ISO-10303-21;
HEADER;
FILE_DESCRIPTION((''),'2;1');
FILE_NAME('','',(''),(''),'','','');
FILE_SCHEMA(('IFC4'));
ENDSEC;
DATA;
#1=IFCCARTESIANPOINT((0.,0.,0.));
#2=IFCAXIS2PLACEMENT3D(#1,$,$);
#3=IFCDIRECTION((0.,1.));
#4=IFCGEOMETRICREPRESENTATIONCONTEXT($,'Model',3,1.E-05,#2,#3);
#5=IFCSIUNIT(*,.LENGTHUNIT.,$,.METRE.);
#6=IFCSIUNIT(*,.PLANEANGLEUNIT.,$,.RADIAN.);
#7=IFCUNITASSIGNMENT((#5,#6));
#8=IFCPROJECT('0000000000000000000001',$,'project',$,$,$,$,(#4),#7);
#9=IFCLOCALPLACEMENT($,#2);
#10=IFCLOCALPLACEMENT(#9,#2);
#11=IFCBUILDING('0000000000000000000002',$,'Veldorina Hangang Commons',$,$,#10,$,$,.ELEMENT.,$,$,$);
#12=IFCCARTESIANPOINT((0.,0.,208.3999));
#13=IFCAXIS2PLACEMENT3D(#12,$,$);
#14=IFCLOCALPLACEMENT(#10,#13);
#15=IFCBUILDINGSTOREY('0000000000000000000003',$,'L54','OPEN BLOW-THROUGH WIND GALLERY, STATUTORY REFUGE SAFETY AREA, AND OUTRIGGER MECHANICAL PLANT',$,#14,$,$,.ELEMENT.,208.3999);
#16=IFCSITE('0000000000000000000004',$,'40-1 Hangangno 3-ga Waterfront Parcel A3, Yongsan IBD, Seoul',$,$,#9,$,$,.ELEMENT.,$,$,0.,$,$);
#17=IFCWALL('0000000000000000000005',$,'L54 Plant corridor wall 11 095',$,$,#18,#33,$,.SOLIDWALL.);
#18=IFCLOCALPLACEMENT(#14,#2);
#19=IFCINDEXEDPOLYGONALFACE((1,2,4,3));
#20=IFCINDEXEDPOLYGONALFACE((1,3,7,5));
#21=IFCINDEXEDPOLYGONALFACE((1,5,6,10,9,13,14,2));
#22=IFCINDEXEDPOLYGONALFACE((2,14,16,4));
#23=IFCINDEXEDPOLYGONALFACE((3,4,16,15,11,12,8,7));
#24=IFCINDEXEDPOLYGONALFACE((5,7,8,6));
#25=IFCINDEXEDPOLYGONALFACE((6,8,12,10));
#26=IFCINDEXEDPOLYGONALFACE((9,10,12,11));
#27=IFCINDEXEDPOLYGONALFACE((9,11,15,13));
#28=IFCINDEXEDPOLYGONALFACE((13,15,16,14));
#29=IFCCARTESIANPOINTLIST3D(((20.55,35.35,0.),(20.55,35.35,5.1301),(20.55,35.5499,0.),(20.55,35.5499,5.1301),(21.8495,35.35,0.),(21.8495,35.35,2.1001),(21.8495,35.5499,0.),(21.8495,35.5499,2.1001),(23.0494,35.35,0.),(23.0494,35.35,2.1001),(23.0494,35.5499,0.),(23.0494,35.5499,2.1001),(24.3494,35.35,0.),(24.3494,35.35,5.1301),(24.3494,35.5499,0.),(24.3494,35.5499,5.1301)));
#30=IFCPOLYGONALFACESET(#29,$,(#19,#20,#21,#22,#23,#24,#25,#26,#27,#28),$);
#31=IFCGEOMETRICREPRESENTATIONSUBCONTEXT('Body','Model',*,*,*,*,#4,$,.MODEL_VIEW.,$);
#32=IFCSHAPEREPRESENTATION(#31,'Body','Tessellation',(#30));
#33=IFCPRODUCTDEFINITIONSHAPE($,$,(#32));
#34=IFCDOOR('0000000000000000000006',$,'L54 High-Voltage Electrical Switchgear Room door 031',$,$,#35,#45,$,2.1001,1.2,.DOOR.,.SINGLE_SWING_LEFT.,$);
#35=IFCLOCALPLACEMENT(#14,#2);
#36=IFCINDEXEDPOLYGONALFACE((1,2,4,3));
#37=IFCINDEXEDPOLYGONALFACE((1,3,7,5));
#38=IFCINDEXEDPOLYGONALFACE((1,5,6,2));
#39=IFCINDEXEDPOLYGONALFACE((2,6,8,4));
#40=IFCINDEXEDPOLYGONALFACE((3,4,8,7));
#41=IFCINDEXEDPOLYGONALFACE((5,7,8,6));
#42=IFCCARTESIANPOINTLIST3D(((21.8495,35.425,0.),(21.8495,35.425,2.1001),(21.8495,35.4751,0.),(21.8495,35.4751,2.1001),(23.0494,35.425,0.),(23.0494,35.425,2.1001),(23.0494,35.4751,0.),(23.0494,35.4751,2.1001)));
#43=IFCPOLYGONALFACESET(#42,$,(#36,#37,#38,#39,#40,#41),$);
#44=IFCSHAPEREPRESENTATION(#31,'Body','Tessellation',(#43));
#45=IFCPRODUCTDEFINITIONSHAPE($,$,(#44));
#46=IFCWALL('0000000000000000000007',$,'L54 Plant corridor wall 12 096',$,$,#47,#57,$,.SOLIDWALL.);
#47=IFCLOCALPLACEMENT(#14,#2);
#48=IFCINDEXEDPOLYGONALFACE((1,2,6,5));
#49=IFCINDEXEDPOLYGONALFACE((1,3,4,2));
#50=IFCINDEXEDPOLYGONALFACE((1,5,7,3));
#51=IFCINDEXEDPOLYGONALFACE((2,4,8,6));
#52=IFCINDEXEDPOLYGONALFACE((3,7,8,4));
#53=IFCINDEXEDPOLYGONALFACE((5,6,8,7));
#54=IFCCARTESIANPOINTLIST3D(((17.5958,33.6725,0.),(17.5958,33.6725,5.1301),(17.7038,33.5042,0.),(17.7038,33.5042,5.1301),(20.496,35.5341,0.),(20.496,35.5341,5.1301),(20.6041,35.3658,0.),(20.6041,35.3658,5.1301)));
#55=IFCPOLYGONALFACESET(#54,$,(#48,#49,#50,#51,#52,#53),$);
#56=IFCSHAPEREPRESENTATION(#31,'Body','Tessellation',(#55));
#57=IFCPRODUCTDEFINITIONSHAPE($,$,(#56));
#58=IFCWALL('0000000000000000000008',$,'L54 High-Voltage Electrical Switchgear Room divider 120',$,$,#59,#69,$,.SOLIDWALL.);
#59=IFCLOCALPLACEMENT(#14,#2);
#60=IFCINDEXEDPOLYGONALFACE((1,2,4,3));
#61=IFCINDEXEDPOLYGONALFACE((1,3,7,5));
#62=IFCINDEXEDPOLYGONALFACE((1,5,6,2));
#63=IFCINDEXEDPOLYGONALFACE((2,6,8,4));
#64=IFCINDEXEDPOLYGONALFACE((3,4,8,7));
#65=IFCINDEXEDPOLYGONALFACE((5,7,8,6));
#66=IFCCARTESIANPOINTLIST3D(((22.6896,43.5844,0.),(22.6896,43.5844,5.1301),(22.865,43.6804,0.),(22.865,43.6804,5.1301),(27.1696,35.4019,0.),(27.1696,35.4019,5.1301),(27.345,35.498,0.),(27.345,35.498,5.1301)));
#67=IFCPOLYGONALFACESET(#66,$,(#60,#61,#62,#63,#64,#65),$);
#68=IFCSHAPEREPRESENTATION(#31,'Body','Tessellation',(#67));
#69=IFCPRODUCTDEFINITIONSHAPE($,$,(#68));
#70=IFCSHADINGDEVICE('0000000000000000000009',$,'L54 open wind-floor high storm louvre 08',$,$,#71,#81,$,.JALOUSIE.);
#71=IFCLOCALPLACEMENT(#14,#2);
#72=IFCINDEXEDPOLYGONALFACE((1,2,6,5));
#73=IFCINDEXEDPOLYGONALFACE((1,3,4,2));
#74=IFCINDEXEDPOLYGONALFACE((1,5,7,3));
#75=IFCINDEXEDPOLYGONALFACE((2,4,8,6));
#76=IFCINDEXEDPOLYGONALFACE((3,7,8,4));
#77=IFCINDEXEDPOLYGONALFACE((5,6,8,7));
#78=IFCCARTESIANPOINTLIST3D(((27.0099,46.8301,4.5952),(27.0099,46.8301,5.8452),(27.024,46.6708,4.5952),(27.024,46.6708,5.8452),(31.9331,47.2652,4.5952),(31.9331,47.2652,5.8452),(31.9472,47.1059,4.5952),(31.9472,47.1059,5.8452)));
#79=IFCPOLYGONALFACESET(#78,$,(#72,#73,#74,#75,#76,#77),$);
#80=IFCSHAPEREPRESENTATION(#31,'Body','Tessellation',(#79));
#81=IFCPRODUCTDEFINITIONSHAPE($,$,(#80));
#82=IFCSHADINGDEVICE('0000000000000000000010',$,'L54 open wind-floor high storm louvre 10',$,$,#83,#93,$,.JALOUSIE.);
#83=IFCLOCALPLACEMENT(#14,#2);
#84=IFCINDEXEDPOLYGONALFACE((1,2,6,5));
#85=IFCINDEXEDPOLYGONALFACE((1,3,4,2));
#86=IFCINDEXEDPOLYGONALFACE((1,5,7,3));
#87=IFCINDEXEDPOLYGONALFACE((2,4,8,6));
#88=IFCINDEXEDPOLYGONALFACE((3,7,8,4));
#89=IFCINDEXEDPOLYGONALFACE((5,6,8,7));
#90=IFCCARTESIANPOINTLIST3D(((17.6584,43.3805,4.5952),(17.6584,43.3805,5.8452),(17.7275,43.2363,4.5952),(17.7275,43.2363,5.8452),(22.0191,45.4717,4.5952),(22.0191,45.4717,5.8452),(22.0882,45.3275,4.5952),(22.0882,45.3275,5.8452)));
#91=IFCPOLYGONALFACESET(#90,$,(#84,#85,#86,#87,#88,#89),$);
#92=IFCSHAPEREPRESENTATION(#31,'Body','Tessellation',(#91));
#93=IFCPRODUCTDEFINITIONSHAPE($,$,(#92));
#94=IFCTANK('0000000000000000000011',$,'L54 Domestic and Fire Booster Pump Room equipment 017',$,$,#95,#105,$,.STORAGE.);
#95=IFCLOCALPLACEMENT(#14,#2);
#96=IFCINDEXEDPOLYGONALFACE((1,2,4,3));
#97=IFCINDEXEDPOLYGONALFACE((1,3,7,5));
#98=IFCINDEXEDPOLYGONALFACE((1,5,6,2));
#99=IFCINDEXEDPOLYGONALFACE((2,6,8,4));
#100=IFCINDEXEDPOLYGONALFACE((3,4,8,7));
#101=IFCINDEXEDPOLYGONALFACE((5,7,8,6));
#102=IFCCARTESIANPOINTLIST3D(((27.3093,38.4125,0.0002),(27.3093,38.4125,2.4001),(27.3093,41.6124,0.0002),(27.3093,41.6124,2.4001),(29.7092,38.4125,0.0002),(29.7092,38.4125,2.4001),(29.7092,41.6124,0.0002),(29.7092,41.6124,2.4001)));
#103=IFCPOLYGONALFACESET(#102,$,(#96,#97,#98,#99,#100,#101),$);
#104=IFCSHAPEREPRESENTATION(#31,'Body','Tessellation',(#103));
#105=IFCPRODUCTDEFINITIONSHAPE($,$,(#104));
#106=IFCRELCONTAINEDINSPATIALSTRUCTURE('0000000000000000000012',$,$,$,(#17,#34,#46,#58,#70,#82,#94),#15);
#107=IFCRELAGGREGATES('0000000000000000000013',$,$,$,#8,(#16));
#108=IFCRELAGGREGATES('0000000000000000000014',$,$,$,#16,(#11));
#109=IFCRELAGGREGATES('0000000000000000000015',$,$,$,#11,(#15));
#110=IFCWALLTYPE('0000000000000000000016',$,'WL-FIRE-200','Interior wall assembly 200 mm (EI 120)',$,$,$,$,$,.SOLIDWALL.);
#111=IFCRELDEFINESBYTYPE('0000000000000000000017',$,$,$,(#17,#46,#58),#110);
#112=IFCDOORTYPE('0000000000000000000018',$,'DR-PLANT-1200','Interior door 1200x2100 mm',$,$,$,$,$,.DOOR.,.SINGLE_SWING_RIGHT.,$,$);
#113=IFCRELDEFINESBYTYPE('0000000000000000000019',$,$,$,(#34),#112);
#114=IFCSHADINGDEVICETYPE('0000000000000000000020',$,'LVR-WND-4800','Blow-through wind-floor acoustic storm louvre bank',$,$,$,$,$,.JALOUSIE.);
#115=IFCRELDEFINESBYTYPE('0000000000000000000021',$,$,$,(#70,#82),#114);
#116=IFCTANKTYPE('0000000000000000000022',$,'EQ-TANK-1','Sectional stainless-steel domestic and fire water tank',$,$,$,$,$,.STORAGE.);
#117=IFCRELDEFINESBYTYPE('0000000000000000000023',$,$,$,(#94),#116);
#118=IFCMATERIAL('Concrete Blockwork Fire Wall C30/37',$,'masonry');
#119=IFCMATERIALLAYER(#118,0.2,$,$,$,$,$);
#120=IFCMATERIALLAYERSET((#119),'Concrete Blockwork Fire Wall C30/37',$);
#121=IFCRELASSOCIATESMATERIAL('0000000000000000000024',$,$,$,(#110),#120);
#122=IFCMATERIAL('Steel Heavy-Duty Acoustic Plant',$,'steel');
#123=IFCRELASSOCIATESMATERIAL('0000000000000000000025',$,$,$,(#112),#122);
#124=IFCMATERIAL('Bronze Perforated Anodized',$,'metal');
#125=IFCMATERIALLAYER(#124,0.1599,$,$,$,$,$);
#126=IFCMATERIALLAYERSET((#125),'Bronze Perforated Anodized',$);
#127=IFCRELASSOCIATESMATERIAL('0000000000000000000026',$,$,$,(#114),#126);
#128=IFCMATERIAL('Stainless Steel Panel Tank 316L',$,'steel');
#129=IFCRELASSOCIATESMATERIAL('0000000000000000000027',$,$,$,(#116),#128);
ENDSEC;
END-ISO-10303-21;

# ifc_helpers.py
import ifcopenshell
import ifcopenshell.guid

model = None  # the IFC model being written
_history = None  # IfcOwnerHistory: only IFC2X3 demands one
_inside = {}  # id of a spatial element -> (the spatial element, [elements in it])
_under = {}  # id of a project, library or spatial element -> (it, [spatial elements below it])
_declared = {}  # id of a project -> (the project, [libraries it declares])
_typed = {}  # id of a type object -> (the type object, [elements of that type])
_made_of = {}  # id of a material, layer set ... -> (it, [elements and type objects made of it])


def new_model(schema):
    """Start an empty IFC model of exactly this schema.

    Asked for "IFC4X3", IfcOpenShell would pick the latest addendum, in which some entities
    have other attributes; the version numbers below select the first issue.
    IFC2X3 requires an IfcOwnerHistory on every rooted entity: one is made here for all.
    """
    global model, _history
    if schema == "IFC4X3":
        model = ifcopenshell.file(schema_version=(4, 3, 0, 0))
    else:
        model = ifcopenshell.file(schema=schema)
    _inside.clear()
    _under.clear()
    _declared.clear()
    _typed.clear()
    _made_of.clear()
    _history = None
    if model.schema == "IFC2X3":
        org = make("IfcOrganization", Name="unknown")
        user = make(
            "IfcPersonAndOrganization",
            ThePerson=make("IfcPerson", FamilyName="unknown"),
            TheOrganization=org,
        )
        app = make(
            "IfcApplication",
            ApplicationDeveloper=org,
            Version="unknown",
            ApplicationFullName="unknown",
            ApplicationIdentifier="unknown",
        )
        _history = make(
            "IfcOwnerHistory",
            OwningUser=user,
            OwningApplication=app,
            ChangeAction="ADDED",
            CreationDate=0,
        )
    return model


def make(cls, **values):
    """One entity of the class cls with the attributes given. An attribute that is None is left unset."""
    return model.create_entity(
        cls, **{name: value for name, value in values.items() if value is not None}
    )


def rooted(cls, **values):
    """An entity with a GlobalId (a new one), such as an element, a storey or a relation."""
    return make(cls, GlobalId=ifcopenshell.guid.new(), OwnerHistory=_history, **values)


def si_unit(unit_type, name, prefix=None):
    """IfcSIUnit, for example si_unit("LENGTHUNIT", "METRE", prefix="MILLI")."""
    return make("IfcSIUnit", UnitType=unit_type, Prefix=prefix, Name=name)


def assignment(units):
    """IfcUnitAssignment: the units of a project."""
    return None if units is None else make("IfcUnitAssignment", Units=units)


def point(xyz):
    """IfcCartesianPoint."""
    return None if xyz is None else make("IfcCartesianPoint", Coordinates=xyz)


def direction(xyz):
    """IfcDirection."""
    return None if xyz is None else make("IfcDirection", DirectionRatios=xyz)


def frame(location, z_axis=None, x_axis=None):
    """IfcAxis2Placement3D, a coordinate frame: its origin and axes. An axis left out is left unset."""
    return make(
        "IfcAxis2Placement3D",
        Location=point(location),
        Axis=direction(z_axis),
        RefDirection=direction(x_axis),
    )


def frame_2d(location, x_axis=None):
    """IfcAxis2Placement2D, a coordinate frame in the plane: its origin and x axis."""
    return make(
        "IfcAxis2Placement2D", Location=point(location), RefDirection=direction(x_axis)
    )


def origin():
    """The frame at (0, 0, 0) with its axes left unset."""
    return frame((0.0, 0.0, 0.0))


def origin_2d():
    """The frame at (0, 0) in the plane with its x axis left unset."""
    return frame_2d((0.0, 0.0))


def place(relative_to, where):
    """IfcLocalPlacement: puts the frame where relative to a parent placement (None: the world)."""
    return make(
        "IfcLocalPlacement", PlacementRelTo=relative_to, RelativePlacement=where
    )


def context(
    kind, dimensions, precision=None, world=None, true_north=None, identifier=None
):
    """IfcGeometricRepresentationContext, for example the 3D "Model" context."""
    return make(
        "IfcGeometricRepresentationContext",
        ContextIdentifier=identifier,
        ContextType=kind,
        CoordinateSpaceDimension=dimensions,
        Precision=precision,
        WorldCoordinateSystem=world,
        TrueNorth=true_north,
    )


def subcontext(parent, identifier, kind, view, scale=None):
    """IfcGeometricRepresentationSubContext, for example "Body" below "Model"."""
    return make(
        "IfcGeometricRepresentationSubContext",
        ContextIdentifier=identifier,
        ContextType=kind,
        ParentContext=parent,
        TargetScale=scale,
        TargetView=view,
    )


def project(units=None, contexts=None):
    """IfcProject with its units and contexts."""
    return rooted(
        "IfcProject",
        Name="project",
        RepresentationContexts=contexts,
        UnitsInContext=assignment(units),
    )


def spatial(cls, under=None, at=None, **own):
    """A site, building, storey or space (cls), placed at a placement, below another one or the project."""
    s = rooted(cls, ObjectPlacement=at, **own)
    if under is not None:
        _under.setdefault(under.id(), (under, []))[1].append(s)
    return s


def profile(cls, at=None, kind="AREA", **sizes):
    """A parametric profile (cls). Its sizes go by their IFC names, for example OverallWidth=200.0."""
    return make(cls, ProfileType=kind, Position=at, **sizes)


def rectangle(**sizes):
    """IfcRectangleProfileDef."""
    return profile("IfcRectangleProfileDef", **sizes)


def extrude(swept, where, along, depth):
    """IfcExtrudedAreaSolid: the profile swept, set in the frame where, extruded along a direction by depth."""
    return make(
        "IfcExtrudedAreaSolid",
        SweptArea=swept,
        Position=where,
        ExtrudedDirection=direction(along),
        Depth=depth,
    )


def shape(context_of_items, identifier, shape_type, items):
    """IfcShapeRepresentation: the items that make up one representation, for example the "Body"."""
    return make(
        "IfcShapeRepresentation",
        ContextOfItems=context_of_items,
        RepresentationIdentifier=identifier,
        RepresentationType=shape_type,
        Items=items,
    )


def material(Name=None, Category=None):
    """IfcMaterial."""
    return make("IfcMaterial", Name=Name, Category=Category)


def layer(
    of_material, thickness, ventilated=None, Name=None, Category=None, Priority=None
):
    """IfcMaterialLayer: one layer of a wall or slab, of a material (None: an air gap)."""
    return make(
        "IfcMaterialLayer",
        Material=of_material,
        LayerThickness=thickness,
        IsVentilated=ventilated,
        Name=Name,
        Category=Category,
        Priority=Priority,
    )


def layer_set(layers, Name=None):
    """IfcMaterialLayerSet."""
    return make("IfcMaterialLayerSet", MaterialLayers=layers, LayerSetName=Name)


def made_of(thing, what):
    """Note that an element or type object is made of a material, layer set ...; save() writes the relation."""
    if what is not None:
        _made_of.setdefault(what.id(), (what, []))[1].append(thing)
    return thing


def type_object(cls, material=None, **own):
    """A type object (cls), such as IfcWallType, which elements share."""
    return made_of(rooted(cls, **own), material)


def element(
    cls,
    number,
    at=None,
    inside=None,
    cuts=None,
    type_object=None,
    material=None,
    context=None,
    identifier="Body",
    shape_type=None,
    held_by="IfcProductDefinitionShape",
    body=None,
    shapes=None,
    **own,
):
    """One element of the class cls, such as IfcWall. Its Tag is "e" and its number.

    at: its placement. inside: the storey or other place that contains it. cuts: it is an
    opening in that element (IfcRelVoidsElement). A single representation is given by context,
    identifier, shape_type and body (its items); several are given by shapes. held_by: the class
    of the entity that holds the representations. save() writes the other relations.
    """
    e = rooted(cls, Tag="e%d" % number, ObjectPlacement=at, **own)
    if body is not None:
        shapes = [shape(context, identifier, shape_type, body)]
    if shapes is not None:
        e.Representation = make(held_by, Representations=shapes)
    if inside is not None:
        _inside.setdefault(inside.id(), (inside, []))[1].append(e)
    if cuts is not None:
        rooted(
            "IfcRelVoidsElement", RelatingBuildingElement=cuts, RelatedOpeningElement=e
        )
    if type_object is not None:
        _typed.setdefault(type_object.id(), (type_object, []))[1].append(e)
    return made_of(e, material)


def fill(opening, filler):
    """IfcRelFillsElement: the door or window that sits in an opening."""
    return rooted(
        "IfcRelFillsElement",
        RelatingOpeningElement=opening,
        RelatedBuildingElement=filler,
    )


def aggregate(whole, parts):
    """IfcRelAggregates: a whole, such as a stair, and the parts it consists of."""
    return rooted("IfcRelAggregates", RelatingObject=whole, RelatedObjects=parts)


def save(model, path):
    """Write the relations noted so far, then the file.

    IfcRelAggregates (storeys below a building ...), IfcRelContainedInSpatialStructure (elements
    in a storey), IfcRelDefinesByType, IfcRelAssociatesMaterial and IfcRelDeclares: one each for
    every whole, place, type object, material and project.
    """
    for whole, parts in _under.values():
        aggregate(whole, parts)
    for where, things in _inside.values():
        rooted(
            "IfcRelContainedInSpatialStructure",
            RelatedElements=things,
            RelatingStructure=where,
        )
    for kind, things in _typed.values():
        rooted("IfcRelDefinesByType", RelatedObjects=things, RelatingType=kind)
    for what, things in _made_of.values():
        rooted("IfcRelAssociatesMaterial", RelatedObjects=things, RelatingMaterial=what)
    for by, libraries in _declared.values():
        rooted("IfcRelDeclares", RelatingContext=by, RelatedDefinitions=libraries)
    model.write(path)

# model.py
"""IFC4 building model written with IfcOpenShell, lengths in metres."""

from ifc_helpers import new_model, si_unit, direction, frame, frame_2d, origin, origin_2d, place, context, subcontext, project, spatial, rectangle, extrude, material, layer, layer_set, type_object, element, fill, save


model = new_model("IFC4")

# Units and contexts
model_context = context("Model", 3, precision=1e-05, world=origin(), true_north=direction((0.0, 1.0)))
body_context = subcontext(model_context, "Body", "Model", "MODEL_VIEW")
ifc_project = project(units=[si_unit("LENGTHUNIT", "METRE"), si_unit("PLANEANGLEUNIT", "RADIAN")], contexts=[model_context])

# Site, building, storey
site_placement = place(None, origin())
site = spatial("IfcSite", under=ifc_project, at=site_placement, Name="40-1 Hangangno 3-ga Waterfront Parcel A3, Yongsan IBD, Seoul", CompositionType="ELEMENT", RefElevation=0.0)
building_placement = place(site_placement, origin())
building = spatial("IfcBuilding", under=site, at=building_placement, Name="Veldorina Hangang Commons", CompositionType="ELEMENT")
storey_placement = place(building_placement, frame((0.0, 0.0, 208.3999)))
storey = spatial("IfcBuildingStorey", under=building, at=storey_placement, Name="L54", Description="OPEN BLOW-THROUGH WIND GALLERY, STATUTORY REFUGE SAFETY AREA, AND OUTRIGGER MECHANICAL PLANT", CompositionType="ELEMENT", Elevation=208.3999)

# Shared definitions
ifc_material_1 = material(Name="Concrete Blockwork Fire Wall C30/37", Category="masonry")
ifc_layer_1 = layer(ifc_material_1, 0.2)
ifc_layer_set_1 = layer_set([ifc_layer_1], Name="Concrete Blockwork Fire Wall C30/37")
wall_type = type_object("IfcWallType", Name="WL-FIRE-200", Description="Interior wall assembly 200 mm (EI 120)", PredefinedType="SOLIDWALL", material=ifc_layer_set_1)

# Wall, opening, door
wall_1_placement = place(storey_placement, frame((24.3494, 35.45, 0.0), z_axis=(0.0, 0.0, 1.0), x_axis=(-1.0, 0.0, 0.0)))
wall_1 = element("IfcWall", 1, at=wall_1_placement, inside=storey, type_object=wall_type, Name="L54 Plant corridor wall 11 095", PredefinedType="SOLIDWALL", context=body_context, shape_type="SweptSolid", body=[
    extrude(rectangle(XDim=3.7993, YDim=0.2, at=frame_2d((1.8997, 0.0))), origin(), (0.0, 0.0, 1.0), 5.1301),
])
opening_1_placement = place(wall_1_placement, frame((1.2998, 0.0, 0.0)))
opening_1 = element("IfcOpeningElement", 2, at=opening_1_placement, cuts=wall_1, PredefinedType="OPENING", context=body_context, shape_type="SweptSolid", body=[
    extrude(rectangle(XDim=1.2, YDim=2.1001, at=frame_2d((0.6001, 1.05))), frame((0.0, 0.1099, 0.0), z_axis=(0.0, -1.0, 0.0), x_axis=(1.0, 0.0, 0.0)), (0.0, 0.0, 1.0), 0.22),
])
ifc_material_2 = material(Name="Steel Heavy-Duty Acoustic Plant", Category="steel")
door_type_1 = type_object("IfcDoorType", Name="DR-PLANT-1200", Description="Interior door 1200x2100 mm", OperationType="SINGLE_SWING_RIGHT", PredefinedType="DOOR", material=ifc_material_2)
door_1_placement = place(opening_1_placement, origin())
door_1 = element("IfcDoor", 3, at=door_1_placement, inside=storey, type_object=door_type_1, Name="L54 High-Voltage Electrical Switchgear Room door 031", OperationType="SINGLE_SWING_LEFT", OverallHeight=2.1001, OverallWidth=1.2, PredefinedType="DOOR", context=body_context, shape_type="SweptSolid", body=[
    extrude(rectangle(XDim=1.2, YDim=2.1001, at=frame_2d((0.6001, 1.05))), frame((0.0, 0.0249, 0.0), z_axis=(0.0, -1.0, 0.0), x_axis=(1.0, 0.0, 0.0)), (0.0, 0.0, 1.0), 0.05),
])
fill(opening_1, door_1)

# Walls
wall_2_placement = place(storey_placement, frame((20.55, 35.45, 0.0), z_axis=(0.0, 0.0, 1.0), x_axis=(-0.841549, -0.540181, 0.0)))
element("IfcWall", 4, at=wall_2_placement, inside=storey, type_object=wall_type, Name="L54 Plant corridor wall 12 096", PredefinedType="SOLIDWALL", context=body_context, shape_type="SweptSolid", body=[
    extrude(rectangle(XDim=3.4463, YDim=0.2, at=frame_2d((1.7231, 0.0))), origin(), (0.0, 0.0, 1.0), 5.1301),
])
wall_3_placement = place(storey_placement, frame((27.2573, 35.45, 0.0), z_axis=(0.0, 0.0, 1.0), x_axis=(-0.480245, 0.877134, 0.0)))
element("IfcWall", 5, at=wall_3_placement, inside=storey, type_object=wall_type, Name="L54 High-Voltage Electrical Switchgear Room divider 120", PredefinedType="SOLIDWALL", context=body_context, shape_type="SweptSolid", body=[
    extrude(rectangle(XDim=9.3286, YDim=0.2, at=frame_2d((4.6643, 0.0))), origin(), (0.0, 0.0, 1.0), 5.1301),
])

# Shading devices
ifc_material_3 = material(Name="Bronze Perforated Anodized", Category="metal")
ifc_layer_2 = layer(ifc_material_3, 0.1599)
ifc_layer_set_2 = layer_set([ifc_layer_2], Name="Bronze Perforated Anodized")
shading_device_type = type_object("IfcShadingDeviceType", Name="LVR-WND-4800", Description="Blow-through wind-floor acoustic storm louvre bank", PredefinedType="JALOUSIE", material=ifc_layer_set_2)
shading_device_1_placement = place(storey_placement, frame((29.4785, 46.968, 4.5952), z_axis=(0.0, 0.0, 1.0), x_axis=(-0.996118, -0.088025, 0.0)))
element("IfcShadingDevice", 6, at=shading_device_1_placement, inside=storey, type_object=shading_device_type, Name="L54 open wind-floor high storm louvre 08", PredefinedType="JALOUSIE", context=body_context, shape_type="SweptSolid", body=[
    extrude(rectangle(XDim=4.9424, YDim=0.1599, at=origin_2d()), origin(), (0.0, 0.0, 1.0), 1.25),
])
shading_device_2_placement = place(storey_placement, frame((19.8733, 44.354, 4.5952), z_axis=(0.0, 0.0, 1.0), x_axis=(-0.901682, -0.432401, 0.0)))
element("IfcShadingDevice", 7, at=shading_device_2_placement, inside=storey, type_object=shading_device_type, Name="L54 open wind-floor high storm louvre 10", PredefinedType="JALOUSIE", context=body_context, shape_type="SweptSolid", body=[
    extrude(rectangle(XDim=4.8362, YDim=0.1599, at=origin_2d()), origin(), (0.0, 0.0, 1.0), 1.25),
])

# Tank
ifc_material_4 = material(Name="Stainless Steel Panel Tank 316L", Category="steel")
tank_type = type_object("IfcTankType", Name="EQ-TANK-1", Description="Sectional stainless-steel domestic and fire water tank", PredefinedType="STORAGE", material=ifc_material_4)
tank_placement = place(storey_placement, frame((28.5093, 40.0125, 0.0002), z_axis=(0.0, 0.0, 1.0), x_axis=(1.0, 0.0, 0.0)))
element("IfcTank", 8, at=tank_placement, inside=storey, type_object=tank_type, Name="L54 Domestic and Fire Booster Pump Room equipment 017", PredefinedType="STORAGE", context=body_context, shape_type="SweptSolid", body=[
    extrude(rectangle(XDim=2.3999, YDim=3.2, at=origin_2d()), origin(), (0.0, 0.0, 1.0), 2.3999),
])

save(model, "model.ifc")
